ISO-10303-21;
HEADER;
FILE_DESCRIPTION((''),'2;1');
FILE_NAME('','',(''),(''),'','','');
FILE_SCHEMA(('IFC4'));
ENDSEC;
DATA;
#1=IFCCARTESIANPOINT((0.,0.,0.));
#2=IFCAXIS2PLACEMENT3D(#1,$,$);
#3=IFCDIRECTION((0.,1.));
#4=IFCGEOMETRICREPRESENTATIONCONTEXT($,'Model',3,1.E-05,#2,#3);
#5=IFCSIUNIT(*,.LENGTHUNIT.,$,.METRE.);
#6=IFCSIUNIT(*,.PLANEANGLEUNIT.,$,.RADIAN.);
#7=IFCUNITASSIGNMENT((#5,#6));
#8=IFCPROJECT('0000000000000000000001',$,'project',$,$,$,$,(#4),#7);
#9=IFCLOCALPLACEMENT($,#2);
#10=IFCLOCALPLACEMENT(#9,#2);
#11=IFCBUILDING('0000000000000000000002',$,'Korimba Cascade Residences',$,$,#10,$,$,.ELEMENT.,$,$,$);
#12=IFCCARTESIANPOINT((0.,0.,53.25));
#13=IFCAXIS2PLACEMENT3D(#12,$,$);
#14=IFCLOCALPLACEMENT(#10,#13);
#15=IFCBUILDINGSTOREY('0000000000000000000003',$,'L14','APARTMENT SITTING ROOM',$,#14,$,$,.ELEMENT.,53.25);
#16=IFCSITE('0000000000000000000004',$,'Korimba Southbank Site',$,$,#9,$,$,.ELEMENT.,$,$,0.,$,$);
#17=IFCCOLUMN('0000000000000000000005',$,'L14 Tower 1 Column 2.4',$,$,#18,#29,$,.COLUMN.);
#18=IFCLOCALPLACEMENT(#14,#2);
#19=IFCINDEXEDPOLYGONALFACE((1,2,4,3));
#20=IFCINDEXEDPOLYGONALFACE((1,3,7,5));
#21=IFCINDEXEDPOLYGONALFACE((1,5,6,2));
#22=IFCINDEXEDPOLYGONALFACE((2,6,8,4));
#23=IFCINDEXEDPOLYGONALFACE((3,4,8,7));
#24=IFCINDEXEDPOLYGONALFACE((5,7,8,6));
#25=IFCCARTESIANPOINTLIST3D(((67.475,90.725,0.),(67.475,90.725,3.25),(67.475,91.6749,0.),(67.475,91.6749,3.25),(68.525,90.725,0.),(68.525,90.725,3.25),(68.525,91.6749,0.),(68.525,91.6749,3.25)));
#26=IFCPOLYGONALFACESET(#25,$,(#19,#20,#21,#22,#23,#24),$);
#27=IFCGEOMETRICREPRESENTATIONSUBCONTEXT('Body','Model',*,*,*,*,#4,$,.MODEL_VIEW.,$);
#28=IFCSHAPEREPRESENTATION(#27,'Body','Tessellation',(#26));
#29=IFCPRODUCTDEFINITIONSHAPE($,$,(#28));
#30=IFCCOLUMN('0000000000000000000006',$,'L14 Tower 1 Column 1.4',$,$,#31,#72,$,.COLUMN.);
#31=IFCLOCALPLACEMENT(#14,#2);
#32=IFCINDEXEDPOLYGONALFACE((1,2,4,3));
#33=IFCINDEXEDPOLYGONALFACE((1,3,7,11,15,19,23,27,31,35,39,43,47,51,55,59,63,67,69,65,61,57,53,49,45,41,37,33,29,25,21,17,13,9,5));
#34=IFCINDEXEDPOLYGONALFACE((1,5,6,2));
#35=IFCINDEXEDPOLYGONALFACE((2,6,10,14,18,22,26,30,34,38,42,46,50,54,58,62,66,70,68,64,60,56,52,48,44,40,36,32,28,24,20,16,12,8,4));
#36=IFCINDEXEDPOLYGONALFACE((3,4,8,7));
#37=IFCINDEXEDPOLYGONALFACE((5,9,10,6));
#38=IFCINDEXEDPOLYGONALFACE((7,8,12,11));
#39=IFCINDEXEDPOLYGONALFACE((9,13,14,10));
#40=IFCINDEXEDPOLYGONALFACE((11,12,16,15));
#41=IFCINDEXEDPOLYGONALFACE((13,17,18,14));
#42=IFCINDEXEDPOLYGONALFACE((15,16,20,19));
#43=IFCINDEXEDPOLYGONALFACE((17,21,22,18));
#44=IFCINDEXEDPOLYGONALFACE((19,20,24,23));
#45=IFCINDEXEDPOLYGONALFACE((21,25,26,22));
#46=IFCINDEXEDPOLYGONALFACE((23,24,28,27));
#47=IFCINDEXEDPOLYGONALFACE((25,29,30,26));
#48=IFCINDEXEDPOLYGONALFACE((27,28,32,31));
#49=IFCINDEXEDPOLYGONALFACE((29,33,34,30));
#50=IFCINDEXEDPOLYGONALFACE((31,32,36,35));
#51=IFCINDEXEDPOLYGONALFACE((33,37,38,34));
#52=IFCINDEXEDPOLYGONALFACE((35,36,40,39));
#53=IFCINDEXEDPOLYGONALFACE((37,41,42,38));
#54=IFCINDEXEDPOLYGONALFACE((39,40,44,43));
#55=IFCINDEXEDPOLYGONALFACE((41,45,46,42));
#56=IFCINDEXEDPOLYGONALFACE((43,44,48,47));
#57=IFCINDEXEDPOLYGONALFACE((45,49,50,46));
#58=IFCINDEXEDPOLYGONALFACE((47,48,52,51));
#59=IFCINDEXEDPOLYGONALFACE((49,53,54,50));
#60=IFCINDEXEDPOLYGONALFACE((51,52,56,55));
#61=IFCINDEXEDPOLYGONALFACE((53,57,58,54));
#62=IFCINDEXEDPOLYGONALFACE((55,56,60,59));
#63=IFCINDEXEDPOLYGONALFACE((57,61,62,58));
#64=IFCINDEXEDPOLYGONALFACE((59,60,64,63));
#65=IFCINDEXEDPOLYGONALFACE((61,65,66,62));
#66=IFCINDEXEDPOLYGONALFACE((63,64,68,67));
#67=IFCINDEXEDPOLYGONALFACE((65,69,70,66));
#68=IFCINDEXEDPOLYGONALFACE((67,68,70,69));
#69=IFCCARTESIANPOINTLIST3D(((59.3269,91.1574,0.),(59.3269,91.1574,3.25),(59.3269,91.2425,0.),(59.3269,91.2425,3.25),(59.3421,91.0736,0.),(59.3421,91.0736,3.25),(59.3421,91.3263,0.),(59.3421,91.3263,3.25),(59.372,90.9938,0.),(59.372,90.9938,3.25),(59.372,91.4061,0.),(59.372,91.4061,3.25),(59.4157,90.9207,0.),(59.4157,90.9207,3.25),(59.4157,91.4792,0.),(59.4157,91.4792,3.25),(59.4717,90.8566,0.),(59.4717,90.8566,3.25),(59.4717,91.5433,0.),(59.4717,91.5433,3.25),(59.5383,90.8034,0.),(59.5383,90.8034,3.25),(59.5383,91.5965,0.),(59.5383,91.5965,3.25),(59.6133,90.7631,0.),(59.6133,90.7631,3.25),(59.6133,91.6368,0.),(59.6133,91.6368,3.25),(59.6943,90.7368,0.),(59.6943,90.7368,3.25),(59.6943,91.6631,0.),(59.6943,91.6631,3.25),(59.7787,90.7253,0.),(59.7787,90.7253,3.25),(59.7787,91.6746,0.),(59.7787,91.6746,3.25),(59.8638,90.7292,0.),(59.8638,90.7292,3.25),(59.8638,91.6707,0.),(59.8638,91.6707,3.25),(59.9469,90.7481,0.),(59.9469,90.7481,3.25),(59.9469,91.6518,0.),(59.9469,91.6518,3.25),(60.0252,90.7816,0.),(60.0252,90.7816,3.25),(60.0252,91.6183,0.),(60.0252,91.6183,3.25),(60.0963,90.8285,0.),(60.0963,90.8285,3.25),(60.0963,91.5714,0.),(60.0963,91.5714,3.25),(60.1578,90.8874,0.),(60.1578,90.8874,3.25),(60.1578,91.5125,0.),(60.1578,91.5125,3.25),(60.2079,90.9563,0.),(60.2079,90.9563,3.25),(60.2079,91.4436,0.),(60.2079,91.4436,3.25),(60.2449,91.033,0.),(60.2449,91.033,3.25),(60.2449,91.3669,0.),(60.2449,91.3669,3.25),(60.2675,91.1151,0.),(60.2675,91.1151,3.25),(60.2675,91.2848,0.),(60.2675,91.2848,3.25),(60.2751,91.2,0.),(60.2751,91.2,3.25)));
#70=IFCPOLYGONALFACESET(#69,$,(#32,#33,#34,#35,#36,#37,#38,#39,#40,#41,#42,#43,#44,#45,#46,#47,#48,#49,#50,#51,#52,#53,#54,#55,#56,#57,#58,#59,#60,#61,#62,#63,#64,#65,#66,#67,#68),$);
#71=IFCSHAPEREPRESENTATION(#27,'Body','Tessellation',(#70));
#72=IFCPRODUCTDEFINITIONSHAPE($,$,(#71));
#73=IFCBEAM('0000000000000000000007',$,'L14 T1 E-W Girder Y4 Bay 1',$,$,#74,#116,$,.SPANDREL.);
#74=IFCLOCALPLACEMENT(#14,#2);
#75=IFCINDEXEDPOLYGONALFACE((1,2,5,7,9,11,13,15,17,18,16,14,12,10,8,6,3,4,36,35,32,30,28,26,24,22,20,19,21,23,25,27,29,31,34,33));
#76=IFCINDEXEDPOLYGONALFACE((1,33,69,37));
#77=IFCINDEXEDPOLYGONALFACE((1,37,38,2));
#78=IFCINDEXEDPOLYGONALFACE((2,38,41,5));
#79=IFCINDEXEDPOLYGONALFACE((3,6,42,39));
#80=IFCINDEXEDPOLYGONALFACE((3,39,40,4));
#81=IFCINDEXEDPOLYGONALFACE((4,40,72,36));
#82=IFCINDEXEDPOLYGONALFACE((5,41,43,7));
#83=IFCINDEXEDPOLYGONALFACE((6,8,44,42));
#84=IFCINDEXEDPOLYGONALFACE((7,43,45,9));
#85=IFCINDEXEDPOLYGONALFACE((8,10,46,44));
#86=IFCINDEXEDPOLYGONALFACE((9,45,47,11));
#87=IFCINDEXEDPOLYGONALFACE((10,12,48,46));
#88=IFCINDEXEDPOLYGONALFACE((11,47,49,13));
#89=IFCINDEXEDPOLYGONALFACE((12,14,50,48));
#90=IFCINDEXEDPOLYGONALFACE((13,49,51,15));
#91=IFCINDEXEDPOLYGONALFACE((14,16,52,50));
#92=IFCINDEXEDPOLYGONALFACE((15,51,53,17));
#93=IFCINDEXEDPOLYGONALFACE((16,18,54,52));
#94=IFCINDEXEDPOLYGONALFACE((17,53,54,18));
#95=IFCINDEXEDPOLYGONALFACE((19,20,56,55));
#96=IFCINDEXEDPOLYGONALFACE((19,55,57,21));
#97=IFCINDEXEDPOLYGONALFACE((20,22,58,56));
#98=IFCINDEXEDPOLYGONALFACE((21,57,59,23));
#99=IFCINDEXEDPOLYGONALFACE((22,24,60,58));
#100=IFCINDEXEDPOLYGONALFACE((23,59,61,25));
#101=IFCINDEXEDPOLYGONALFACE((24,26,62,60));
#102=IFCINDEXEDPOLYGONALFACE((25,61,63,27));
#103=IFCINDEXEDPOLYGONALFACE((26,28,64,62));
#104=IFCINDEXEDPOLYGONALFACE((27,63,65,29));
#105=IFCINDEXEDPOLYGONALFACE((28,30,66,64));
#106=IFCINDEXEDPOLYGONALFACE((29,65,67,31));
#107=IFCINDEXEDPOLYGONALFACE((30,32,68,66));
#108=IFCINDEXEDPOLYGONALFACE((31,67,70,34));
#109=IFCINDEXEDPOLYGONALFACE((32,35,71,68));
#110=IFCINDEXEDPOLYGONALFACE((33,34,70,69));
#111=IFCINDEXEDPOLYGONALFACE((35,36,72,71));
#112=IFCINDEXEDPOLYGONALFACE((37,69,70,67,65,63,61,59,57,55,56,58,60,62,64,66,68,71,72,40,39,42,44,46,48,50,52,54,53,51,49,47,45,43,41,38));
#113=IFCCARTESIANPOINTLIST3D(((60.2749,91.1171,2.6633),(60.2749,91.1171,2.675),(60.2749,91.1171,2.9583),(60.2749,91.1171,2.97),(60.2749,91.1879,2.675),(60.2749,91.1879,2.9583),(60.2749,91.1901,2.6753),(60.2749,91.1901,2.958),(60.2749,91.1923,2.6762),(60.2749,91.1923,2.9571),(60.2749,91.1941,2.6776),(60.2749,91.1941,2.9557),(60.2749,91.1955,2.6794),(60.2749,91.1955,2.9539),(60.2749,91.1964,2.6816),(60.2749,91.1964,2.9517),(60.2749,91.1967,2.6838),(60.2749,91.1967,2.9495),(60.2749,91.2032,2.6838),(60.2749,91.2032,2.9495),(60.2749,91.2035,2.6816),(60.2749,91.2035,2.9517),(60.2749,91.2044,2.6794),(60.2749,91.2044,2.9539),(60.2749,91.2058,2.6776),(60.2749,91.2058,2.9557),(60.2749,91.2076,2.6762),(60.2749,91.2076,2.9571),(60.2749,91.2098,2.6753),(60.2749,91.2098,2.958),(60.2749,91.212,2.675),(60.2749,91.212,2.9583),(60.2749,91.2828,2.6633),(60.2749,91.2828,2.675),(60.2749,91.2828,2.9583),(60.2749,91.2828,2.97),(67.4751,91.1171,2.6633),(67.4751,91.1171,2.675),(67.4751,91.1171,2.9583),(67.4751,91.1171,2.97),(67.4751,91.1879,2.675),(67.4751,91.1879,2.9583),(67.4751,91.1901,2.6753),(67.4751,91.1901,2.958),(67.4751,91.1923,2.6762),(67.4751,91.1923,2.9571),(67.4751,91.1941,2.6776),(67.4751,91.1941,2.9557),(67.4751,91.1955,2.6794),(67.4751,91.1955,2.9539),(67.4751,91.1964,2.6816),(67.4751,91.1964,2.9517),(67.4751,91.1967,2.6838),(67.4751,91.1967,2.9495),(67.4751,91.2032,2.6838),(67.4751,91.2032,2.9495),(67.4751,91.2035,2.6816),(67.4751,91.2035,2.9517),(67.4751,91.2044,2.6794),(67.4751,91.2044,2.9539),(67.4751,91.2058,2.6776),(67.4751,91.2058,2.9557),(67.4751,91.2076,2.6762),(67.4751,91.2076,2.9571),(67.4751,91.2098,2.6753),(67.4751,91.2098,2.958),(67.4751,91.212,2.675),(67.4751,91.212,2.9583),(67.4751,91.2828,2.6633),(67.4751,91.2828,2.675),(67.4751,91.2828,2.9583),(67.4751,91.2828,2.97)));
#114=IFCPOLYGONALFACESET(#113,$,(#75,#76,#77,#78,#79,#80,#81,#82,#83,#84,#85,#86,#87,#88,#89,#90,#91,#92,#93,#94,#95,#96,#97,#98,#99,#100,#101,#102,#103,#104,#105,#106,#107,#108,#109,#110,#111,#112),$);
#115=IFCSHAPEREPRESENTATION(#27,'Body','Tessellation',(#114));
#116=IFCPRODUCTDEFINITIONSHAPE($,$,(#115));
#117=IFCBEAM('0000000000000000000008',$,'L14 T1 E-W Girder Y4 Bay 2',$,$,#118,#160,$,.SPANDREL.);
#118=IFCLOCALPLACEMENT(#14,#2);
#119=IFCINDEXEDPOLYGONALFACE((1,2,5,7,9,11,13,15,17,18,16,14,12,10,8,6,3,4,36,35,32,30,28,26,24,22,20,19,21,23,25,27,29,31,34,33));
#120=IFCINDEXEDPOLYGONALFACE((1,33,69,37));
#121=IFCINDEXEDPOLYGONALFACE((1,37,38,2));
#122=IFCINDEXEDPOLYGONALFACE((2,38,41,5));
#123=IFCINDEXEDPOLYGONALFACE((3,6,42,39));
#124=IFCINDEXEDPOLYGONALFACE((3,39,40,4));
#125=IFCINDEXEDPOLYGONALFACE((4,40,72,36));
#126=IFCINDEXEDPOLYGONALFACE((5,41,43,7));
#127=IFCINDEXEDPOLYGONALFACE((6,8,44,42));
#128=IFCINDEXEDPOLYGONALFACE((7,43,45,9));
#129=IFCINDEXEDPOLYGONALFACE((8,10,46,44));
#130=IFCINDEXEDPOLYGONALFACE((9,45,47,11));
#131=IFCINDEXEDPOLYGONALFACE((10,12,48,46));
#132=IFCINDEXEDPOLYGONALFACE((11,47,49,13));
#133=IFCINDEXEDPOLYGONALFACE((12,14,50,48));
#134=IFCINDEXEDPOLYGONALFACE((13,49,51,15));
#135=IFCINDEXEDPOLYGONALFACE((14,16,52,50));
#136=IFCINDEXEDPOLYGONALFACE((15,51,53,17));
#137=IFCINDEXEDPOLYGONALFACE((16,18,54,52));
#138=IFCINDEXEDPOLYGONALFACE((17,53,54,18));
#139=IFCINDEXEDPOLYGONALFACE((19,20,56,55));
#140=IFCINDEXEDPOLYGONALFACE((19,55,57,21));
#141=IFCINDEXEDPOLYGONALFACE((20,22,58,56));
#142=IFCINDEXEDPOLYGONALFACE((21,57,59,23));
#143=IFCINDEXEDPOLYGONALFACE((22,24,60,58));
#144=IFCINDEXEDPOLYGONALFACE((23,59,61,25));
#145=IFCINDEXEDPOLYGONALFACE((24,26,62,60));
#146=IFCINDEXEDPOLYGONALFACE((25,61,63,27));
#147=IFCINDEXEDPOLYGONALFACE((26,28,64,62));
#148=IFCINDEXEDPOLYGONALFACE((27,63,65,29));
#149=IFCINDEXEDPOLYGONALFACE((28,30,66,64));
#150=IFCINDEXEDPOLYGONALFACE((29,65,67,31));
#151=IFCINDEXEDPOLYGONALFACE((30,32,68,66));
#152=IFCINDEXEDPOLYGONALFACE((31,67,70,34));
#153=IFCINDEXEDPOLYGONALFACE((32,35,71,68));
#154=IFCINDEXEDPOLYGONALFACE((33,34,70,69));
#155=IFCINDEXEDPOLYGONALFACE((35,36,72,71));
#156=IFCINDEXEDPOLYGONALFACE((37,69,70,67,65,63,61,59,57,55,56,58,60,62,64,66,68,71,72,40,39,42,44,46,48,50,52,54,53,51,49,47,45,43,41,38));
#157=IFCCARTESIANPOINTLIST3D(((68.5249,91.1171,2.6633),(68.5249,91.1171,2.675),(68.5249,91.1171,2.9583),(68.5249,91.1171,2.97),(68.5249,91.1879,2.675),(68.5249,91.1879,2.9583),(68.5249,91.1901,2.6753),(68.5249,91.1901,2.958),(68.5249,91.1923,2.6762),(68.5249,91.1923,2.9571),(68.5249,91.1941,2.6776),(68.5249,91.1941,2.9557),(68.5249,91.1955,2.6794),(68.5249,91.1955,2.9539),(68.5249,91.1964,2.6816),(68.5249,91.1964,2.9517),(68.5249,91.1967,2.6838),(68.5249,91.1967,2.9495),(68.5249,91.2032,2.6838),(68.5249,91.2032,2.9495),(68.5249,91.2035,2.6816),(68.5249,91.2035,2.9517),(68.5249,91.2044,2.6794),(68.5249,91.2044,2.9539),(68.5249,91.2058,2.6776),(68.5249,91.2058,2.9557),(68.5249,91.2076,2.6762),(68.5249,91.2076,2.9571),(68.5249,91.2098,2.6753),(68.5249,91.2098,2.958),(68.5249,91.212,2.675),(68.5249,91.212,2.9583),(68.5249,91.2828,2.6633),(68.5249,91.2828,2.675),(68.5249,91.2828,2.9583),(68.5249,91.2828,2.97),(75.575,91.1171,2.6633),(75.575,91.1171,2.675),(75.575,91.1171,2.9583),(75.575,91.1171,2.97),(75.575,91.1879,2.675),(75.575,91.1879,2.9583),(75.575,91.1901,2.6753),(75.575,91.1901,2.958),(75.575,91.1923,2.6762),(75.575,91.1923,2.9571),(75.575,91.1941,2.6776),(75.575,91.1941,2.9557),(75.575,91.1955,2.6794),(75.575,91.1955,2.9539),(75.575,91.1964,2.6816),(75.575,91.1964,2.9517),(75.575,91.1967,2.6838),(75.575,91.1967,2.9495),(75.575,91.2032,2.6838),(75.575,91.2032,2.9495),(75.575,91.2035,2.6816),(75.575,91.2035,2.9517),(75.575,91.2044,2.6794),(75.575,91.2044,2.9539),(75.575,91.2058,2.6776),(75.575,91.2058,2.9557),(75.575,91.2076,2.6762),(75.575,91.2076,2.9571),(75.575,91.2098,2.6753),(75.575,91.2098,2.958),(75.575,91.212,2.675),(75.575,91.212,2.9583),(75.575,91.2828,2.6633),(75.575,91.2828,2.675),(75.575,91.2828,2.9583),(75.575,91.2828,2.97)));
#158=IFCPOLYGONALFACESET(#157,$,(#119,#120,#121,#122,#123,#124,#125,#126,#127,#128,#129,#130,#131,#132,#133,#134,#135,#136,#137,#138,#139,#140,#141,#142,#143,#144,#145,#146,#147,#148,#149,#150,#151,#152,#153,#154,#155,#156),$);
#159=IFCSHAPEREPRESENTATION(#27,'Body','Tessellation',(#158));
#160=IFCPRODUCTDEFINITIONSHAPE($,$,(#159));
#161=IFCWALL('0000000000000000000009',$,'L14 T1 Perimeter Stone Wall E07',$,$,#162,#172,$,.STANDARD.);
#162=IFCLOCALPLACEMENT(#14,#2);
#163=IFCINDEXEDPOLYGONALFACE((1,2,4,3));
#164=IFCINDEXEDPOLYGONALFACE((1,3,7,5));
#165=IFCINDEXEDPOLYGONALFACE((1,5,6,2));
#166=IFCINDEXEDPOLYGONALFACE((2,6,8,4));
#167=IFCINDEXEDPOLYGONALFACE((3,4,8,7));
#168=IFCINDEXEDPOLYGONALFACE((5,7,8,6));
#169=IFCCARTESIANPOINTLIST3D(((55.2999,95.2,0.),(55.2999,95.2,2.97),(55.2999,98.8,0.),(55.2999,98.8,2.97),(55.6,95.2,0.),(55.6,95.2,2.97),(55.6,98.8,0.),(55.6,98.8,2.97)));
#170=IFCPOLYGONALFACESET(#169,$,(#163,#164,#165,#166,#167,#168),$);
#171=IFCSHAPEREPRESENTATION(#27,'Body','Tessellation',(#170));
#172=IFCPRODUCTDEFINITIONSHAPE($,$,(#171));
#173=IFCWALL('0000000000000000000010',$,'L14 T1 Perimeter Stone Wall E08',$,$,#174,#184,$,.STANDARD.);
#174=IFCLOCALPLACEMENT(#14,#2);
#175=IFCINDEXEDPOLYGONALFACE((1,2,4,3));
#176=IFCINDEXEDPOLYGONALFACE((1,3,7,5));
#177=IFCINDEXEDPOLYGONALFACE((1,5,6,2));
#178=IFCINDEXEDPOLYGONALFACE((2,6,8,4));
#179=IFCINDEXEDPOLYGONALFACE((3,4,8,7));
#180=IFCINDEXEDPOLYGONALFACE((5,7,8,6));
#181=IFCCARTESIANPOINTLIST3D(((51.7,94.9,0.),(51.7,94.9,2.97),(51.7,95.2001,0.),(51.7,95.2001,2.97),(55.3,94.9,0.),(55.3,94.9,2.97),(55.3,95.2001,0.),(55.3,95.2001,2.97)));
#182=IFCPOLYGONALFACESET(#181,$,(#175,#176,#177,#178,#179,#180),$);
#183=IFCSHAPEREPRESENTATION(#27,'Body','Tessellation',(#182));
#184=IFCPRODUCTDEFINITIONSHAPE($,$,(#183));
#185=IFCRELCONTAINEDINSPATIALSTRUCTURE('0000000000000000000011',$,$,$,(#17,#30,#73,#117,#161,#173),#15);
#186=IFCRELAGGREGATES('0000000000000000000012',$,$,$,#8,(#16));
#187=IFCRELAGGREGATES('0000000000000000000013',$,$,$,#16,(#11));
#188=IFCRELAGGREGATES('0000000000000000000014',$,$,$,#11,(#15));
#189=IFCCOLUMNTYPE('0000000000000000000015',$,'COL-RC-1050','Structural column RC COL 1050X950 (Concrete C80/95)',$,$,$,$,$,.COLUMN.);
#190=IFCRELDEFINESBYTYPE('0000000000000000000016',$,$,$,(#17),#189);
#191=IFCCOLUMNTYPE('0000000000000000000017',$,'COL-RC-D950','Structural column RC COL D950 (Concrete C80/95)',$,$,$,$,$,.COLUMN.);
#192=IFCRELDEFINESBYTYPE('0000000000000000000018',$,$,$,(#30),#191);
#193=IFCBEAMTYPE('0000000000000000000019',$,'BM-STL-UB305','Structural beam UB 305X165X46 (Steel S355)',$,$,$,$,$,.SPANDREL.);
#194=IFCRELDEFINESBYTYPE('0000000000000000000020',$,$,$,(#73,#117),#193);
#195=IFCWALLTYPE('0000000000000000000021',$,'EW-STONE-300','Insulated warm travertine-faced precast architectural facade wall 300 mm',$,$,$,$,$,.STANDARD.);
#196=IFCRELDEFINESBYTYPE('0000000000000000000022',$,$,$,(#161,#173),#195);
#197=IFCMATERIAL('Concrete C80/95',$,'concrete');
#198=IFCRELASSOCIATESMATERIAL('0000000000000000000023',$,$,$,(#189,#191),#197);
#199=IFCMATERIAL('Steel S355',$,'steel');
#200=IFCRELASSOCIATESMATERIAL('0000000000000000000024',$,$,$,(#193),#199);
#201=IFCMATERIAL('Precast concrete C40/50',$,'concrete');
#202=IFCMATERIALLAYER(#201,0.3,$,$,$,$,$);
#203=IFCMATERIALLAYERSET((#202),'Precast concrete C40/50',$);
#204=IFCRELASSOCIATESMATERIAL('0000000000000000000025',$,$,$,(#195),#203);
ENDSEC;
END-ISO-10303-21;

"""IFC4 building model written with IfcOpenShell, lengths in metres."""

from ifc_helpers import new_model, si_unit, direction, frame, frame_2d, origin, origin_2d, place, context, subcontext, project, spatial, rectangle, circle, i_section, extrude, material, layer, layer_set, material_profile, profile_set, type_object, element, save


model = new_model("IFC4")

# Units and contexts
model_context = context("Model", 3, precision=1e-05, world=origin(), true_north=direction((0.0, 1.0)))
body_context = subcontext(model_context, "Body", "Model", "MODEL_VIEW")
ifc_project = project(units=[si_unit("LENGTHUNIT", "METRE"), si_unit("PLANEANGLEUNIT", "RADIAN")], contexts=[model_context])

# Site, building, storey
site_placement = place(None, origin())
site = spatial("IfcSite", under=ifc_project, at=site_placement, Name="Korimba Southbank Site", CompositionType="ELEMENT", RefElevation=0.0)
building_placement = place(site_placement, origin())
building = spatial("IfcBuilding", under=site, at=building_placement, Name="Korimba Cascade Residences", CompositionType="ELEMENT")
storey_placement = place(building_placement, frame((0.0, 0.0, 53.25)))
storey = spatial("IfcBuildingStorey", under=building, at=storey_placement, Name="L14", Description="APARTMENT SITTING ROOM", CompositionType="ELEMENT", Elevation=53.25)

# Columns
ifc_material_1 = material(Name="Concrete C80/95", Category="concrete")
ifc_material_profile_1 = material_profile(ifc_material_1, rectangle(XDim=1.05, YDim=0.95, at=origin_2d()), Name="Concrete C80/95")
ifc_profile_set_1 = profile_set([ifc_material_profile_1], Name="Concrete C80/95")
column_type_1 = type_object("IfcColumnType", Name="COL-RC-1050", Description="Structural column RC COL 1050X950 (Concrete C80/95)", PredefinedType="COLUMN", material=ifc_profile_set_1)
column_1_placement = place(storey_placement, frame((68.0, 91.2, 0.0), z_axis=(0.0, 0.0, 1.0), x_axis=(1.0, 0.0, 0.0)))
element("IfcColumn", 1, at=column_1_placement, inside=storey, type_object=column_type_1, Name="L14 Tower 1 Column 2.4", PredefinedType="COLUMN", context=body_context, shape_type="SweptSolid", body=[
    extrude(rectangle(XDim=1.05, YDim=0.95, at=origin_2d()), origin(), (0.0, 0.0, 1.0), 3.25),
])
ifc_material_profile_2 = material_profile(ifc_material_1, circle(Radius=0.4751, at=origin_2d()), Name="Concrete C80/95")
ifc_profile_set_2 = profile_set([ifc_material_profile_2], Name="Concrete C80/95")
column_type_2 = type_object("IfcColumnType", Name="COL-RC-D950", Description="Structural column RC COL D950 (Concrete C80/95)", PredefinedType="COLUMN", material=ifc_profile_set_2)
column_2_placement = place(storey_placement, frame((59.8, 91.2, 0.0), z_axis=(0.0, 0.0, 1.0), x_axis=(1.0, 0.0, 0.0)))
element("IfcColumn", 2, at=column_2_placement, inside=storey, type_object=column_type_2, Name="L14 Tower 1 Column 1.4", PredefinedType="COLUMN", context=body_context, shape_type="SweptSolid", body=[
    extrude(circle(Radius=0.4751, at=origin_2d()), origin(), (0.0, 0.0, 1.0), 3.25),
])

# Beams
ifc_material_2 = material(Name="Steel S355", Category="steel")
ifc_material_profile_3 = material_profile(ifc_material_2, i_section(OverallWidth=0.1658, OverallDepth=0.3066, WebThickness=0.0066, FlangeThickness=0.0117, FilletRadius=0.0088, at=origin_2d()), Name="Steel S355")
ifc_profile_set_3 = profile_set([ifc_material_profile_3], Name="Steel S355")
beam_type = type_object("IfcBeamType", Name="BM-STL-UB305", Description="Structural beam UB 305X165X46 (Steel S355)", PredefinedType="SPANDREL", material=ifc_profile_set_3)
beam_1_placement = place(storey_placement, frame((60.2749, 91.2, 2.8167), z_axis=(1.0, 0.0, 0.0), x_axis=(0.0, 1.0, 0.0)))
element("IfcBeam", 3, at=beam_1_placement, inside=storey, type_object=beam_type, Name="L14 T1 E-W Girder Y4 Bay 1", PredefinedType="SPANDREL", context=body_context, shape_type="SweptSolid", body=[
    extrude(i_section(OverallWidth=0.1658, OverallDepth=0.3066, WebThickness=0.0066, FlangeThickness=0.0117, FilletRadius=0.0088, at=origin_2d()), origin(), (0.0, 0.0, 1.0), 7.2002),
])
beam_2_placement = place(storey_placement, frame((68.5249, 91.2, 2.8167), z_axis=(1.0, 0.0, 0.0), x_axis=(0.0, 1.0, 0.0)))
element("IfcBeam", 4, at=beam_2_placement, inside=storey, type_object=beam_type, Name="L14 T1 E-W Girder Y4 Bay 2", PredefinedType="SPANDREL", context=body_context, shape_type="SweptSolid", body=[
    extrude(i_section(OverallWidth=0.1658, OverallDepth=0.3066, WebThickness=0.0066, FlangeThickness=0.0117, FilletRadius=0.0088, at=origin_2d()), origin(), (0.0, 0.0, 1.0), 7.05),
])

# Walls
ifc_material_3 = material(Name="Precast concrete C40/50", Category="concrete")
ifc_layer_1 = layer(ifc_material_3, 0.3)
ifc_layer_set_1 = layer_set([ifc_layer_1], Name="Precast concrete C40/50")
wall_type_1 = type_object("IfcWallType", Name="EW-STONE-300", Description="Insulated warm travertine-faced precast architectural facade wall 300 mm", PredefinedType="STANDARD", material=ifc_layer_set_1)
for number, where, z_axis, x_axis, name in (
    (5, (55.45, 98.8, 0.0), (0.0, 0.0, 1.0), (0.0, -1.0, 0.0), "L14 T1 Perimeter Stone Wall E07"),
    (6, (55.3, 95.05, 0.0), (0.0, 0.0, 1.0), (-1.0, 0.0, 0.0), "L14 T1 Perimeter Stone Wall E08"),
):
    element("IfcWall", number, at=place(storey_placement, frame(where, z_axis=z_axis, x_axis=x_axis)), inside=storey, type_object=wall_type_1, Name=name, PredefinedType="STANDARD", context=body_context, shape_type="SweptSolid", body=[
        extrude(rectangle(XDim=3.6001, YDim=0.3, at=frame_2d((1.8, 0.0))), origin(), (0.0, 0.0, 1.0), 2.97),
    ])

save(model, "model.ifc")
